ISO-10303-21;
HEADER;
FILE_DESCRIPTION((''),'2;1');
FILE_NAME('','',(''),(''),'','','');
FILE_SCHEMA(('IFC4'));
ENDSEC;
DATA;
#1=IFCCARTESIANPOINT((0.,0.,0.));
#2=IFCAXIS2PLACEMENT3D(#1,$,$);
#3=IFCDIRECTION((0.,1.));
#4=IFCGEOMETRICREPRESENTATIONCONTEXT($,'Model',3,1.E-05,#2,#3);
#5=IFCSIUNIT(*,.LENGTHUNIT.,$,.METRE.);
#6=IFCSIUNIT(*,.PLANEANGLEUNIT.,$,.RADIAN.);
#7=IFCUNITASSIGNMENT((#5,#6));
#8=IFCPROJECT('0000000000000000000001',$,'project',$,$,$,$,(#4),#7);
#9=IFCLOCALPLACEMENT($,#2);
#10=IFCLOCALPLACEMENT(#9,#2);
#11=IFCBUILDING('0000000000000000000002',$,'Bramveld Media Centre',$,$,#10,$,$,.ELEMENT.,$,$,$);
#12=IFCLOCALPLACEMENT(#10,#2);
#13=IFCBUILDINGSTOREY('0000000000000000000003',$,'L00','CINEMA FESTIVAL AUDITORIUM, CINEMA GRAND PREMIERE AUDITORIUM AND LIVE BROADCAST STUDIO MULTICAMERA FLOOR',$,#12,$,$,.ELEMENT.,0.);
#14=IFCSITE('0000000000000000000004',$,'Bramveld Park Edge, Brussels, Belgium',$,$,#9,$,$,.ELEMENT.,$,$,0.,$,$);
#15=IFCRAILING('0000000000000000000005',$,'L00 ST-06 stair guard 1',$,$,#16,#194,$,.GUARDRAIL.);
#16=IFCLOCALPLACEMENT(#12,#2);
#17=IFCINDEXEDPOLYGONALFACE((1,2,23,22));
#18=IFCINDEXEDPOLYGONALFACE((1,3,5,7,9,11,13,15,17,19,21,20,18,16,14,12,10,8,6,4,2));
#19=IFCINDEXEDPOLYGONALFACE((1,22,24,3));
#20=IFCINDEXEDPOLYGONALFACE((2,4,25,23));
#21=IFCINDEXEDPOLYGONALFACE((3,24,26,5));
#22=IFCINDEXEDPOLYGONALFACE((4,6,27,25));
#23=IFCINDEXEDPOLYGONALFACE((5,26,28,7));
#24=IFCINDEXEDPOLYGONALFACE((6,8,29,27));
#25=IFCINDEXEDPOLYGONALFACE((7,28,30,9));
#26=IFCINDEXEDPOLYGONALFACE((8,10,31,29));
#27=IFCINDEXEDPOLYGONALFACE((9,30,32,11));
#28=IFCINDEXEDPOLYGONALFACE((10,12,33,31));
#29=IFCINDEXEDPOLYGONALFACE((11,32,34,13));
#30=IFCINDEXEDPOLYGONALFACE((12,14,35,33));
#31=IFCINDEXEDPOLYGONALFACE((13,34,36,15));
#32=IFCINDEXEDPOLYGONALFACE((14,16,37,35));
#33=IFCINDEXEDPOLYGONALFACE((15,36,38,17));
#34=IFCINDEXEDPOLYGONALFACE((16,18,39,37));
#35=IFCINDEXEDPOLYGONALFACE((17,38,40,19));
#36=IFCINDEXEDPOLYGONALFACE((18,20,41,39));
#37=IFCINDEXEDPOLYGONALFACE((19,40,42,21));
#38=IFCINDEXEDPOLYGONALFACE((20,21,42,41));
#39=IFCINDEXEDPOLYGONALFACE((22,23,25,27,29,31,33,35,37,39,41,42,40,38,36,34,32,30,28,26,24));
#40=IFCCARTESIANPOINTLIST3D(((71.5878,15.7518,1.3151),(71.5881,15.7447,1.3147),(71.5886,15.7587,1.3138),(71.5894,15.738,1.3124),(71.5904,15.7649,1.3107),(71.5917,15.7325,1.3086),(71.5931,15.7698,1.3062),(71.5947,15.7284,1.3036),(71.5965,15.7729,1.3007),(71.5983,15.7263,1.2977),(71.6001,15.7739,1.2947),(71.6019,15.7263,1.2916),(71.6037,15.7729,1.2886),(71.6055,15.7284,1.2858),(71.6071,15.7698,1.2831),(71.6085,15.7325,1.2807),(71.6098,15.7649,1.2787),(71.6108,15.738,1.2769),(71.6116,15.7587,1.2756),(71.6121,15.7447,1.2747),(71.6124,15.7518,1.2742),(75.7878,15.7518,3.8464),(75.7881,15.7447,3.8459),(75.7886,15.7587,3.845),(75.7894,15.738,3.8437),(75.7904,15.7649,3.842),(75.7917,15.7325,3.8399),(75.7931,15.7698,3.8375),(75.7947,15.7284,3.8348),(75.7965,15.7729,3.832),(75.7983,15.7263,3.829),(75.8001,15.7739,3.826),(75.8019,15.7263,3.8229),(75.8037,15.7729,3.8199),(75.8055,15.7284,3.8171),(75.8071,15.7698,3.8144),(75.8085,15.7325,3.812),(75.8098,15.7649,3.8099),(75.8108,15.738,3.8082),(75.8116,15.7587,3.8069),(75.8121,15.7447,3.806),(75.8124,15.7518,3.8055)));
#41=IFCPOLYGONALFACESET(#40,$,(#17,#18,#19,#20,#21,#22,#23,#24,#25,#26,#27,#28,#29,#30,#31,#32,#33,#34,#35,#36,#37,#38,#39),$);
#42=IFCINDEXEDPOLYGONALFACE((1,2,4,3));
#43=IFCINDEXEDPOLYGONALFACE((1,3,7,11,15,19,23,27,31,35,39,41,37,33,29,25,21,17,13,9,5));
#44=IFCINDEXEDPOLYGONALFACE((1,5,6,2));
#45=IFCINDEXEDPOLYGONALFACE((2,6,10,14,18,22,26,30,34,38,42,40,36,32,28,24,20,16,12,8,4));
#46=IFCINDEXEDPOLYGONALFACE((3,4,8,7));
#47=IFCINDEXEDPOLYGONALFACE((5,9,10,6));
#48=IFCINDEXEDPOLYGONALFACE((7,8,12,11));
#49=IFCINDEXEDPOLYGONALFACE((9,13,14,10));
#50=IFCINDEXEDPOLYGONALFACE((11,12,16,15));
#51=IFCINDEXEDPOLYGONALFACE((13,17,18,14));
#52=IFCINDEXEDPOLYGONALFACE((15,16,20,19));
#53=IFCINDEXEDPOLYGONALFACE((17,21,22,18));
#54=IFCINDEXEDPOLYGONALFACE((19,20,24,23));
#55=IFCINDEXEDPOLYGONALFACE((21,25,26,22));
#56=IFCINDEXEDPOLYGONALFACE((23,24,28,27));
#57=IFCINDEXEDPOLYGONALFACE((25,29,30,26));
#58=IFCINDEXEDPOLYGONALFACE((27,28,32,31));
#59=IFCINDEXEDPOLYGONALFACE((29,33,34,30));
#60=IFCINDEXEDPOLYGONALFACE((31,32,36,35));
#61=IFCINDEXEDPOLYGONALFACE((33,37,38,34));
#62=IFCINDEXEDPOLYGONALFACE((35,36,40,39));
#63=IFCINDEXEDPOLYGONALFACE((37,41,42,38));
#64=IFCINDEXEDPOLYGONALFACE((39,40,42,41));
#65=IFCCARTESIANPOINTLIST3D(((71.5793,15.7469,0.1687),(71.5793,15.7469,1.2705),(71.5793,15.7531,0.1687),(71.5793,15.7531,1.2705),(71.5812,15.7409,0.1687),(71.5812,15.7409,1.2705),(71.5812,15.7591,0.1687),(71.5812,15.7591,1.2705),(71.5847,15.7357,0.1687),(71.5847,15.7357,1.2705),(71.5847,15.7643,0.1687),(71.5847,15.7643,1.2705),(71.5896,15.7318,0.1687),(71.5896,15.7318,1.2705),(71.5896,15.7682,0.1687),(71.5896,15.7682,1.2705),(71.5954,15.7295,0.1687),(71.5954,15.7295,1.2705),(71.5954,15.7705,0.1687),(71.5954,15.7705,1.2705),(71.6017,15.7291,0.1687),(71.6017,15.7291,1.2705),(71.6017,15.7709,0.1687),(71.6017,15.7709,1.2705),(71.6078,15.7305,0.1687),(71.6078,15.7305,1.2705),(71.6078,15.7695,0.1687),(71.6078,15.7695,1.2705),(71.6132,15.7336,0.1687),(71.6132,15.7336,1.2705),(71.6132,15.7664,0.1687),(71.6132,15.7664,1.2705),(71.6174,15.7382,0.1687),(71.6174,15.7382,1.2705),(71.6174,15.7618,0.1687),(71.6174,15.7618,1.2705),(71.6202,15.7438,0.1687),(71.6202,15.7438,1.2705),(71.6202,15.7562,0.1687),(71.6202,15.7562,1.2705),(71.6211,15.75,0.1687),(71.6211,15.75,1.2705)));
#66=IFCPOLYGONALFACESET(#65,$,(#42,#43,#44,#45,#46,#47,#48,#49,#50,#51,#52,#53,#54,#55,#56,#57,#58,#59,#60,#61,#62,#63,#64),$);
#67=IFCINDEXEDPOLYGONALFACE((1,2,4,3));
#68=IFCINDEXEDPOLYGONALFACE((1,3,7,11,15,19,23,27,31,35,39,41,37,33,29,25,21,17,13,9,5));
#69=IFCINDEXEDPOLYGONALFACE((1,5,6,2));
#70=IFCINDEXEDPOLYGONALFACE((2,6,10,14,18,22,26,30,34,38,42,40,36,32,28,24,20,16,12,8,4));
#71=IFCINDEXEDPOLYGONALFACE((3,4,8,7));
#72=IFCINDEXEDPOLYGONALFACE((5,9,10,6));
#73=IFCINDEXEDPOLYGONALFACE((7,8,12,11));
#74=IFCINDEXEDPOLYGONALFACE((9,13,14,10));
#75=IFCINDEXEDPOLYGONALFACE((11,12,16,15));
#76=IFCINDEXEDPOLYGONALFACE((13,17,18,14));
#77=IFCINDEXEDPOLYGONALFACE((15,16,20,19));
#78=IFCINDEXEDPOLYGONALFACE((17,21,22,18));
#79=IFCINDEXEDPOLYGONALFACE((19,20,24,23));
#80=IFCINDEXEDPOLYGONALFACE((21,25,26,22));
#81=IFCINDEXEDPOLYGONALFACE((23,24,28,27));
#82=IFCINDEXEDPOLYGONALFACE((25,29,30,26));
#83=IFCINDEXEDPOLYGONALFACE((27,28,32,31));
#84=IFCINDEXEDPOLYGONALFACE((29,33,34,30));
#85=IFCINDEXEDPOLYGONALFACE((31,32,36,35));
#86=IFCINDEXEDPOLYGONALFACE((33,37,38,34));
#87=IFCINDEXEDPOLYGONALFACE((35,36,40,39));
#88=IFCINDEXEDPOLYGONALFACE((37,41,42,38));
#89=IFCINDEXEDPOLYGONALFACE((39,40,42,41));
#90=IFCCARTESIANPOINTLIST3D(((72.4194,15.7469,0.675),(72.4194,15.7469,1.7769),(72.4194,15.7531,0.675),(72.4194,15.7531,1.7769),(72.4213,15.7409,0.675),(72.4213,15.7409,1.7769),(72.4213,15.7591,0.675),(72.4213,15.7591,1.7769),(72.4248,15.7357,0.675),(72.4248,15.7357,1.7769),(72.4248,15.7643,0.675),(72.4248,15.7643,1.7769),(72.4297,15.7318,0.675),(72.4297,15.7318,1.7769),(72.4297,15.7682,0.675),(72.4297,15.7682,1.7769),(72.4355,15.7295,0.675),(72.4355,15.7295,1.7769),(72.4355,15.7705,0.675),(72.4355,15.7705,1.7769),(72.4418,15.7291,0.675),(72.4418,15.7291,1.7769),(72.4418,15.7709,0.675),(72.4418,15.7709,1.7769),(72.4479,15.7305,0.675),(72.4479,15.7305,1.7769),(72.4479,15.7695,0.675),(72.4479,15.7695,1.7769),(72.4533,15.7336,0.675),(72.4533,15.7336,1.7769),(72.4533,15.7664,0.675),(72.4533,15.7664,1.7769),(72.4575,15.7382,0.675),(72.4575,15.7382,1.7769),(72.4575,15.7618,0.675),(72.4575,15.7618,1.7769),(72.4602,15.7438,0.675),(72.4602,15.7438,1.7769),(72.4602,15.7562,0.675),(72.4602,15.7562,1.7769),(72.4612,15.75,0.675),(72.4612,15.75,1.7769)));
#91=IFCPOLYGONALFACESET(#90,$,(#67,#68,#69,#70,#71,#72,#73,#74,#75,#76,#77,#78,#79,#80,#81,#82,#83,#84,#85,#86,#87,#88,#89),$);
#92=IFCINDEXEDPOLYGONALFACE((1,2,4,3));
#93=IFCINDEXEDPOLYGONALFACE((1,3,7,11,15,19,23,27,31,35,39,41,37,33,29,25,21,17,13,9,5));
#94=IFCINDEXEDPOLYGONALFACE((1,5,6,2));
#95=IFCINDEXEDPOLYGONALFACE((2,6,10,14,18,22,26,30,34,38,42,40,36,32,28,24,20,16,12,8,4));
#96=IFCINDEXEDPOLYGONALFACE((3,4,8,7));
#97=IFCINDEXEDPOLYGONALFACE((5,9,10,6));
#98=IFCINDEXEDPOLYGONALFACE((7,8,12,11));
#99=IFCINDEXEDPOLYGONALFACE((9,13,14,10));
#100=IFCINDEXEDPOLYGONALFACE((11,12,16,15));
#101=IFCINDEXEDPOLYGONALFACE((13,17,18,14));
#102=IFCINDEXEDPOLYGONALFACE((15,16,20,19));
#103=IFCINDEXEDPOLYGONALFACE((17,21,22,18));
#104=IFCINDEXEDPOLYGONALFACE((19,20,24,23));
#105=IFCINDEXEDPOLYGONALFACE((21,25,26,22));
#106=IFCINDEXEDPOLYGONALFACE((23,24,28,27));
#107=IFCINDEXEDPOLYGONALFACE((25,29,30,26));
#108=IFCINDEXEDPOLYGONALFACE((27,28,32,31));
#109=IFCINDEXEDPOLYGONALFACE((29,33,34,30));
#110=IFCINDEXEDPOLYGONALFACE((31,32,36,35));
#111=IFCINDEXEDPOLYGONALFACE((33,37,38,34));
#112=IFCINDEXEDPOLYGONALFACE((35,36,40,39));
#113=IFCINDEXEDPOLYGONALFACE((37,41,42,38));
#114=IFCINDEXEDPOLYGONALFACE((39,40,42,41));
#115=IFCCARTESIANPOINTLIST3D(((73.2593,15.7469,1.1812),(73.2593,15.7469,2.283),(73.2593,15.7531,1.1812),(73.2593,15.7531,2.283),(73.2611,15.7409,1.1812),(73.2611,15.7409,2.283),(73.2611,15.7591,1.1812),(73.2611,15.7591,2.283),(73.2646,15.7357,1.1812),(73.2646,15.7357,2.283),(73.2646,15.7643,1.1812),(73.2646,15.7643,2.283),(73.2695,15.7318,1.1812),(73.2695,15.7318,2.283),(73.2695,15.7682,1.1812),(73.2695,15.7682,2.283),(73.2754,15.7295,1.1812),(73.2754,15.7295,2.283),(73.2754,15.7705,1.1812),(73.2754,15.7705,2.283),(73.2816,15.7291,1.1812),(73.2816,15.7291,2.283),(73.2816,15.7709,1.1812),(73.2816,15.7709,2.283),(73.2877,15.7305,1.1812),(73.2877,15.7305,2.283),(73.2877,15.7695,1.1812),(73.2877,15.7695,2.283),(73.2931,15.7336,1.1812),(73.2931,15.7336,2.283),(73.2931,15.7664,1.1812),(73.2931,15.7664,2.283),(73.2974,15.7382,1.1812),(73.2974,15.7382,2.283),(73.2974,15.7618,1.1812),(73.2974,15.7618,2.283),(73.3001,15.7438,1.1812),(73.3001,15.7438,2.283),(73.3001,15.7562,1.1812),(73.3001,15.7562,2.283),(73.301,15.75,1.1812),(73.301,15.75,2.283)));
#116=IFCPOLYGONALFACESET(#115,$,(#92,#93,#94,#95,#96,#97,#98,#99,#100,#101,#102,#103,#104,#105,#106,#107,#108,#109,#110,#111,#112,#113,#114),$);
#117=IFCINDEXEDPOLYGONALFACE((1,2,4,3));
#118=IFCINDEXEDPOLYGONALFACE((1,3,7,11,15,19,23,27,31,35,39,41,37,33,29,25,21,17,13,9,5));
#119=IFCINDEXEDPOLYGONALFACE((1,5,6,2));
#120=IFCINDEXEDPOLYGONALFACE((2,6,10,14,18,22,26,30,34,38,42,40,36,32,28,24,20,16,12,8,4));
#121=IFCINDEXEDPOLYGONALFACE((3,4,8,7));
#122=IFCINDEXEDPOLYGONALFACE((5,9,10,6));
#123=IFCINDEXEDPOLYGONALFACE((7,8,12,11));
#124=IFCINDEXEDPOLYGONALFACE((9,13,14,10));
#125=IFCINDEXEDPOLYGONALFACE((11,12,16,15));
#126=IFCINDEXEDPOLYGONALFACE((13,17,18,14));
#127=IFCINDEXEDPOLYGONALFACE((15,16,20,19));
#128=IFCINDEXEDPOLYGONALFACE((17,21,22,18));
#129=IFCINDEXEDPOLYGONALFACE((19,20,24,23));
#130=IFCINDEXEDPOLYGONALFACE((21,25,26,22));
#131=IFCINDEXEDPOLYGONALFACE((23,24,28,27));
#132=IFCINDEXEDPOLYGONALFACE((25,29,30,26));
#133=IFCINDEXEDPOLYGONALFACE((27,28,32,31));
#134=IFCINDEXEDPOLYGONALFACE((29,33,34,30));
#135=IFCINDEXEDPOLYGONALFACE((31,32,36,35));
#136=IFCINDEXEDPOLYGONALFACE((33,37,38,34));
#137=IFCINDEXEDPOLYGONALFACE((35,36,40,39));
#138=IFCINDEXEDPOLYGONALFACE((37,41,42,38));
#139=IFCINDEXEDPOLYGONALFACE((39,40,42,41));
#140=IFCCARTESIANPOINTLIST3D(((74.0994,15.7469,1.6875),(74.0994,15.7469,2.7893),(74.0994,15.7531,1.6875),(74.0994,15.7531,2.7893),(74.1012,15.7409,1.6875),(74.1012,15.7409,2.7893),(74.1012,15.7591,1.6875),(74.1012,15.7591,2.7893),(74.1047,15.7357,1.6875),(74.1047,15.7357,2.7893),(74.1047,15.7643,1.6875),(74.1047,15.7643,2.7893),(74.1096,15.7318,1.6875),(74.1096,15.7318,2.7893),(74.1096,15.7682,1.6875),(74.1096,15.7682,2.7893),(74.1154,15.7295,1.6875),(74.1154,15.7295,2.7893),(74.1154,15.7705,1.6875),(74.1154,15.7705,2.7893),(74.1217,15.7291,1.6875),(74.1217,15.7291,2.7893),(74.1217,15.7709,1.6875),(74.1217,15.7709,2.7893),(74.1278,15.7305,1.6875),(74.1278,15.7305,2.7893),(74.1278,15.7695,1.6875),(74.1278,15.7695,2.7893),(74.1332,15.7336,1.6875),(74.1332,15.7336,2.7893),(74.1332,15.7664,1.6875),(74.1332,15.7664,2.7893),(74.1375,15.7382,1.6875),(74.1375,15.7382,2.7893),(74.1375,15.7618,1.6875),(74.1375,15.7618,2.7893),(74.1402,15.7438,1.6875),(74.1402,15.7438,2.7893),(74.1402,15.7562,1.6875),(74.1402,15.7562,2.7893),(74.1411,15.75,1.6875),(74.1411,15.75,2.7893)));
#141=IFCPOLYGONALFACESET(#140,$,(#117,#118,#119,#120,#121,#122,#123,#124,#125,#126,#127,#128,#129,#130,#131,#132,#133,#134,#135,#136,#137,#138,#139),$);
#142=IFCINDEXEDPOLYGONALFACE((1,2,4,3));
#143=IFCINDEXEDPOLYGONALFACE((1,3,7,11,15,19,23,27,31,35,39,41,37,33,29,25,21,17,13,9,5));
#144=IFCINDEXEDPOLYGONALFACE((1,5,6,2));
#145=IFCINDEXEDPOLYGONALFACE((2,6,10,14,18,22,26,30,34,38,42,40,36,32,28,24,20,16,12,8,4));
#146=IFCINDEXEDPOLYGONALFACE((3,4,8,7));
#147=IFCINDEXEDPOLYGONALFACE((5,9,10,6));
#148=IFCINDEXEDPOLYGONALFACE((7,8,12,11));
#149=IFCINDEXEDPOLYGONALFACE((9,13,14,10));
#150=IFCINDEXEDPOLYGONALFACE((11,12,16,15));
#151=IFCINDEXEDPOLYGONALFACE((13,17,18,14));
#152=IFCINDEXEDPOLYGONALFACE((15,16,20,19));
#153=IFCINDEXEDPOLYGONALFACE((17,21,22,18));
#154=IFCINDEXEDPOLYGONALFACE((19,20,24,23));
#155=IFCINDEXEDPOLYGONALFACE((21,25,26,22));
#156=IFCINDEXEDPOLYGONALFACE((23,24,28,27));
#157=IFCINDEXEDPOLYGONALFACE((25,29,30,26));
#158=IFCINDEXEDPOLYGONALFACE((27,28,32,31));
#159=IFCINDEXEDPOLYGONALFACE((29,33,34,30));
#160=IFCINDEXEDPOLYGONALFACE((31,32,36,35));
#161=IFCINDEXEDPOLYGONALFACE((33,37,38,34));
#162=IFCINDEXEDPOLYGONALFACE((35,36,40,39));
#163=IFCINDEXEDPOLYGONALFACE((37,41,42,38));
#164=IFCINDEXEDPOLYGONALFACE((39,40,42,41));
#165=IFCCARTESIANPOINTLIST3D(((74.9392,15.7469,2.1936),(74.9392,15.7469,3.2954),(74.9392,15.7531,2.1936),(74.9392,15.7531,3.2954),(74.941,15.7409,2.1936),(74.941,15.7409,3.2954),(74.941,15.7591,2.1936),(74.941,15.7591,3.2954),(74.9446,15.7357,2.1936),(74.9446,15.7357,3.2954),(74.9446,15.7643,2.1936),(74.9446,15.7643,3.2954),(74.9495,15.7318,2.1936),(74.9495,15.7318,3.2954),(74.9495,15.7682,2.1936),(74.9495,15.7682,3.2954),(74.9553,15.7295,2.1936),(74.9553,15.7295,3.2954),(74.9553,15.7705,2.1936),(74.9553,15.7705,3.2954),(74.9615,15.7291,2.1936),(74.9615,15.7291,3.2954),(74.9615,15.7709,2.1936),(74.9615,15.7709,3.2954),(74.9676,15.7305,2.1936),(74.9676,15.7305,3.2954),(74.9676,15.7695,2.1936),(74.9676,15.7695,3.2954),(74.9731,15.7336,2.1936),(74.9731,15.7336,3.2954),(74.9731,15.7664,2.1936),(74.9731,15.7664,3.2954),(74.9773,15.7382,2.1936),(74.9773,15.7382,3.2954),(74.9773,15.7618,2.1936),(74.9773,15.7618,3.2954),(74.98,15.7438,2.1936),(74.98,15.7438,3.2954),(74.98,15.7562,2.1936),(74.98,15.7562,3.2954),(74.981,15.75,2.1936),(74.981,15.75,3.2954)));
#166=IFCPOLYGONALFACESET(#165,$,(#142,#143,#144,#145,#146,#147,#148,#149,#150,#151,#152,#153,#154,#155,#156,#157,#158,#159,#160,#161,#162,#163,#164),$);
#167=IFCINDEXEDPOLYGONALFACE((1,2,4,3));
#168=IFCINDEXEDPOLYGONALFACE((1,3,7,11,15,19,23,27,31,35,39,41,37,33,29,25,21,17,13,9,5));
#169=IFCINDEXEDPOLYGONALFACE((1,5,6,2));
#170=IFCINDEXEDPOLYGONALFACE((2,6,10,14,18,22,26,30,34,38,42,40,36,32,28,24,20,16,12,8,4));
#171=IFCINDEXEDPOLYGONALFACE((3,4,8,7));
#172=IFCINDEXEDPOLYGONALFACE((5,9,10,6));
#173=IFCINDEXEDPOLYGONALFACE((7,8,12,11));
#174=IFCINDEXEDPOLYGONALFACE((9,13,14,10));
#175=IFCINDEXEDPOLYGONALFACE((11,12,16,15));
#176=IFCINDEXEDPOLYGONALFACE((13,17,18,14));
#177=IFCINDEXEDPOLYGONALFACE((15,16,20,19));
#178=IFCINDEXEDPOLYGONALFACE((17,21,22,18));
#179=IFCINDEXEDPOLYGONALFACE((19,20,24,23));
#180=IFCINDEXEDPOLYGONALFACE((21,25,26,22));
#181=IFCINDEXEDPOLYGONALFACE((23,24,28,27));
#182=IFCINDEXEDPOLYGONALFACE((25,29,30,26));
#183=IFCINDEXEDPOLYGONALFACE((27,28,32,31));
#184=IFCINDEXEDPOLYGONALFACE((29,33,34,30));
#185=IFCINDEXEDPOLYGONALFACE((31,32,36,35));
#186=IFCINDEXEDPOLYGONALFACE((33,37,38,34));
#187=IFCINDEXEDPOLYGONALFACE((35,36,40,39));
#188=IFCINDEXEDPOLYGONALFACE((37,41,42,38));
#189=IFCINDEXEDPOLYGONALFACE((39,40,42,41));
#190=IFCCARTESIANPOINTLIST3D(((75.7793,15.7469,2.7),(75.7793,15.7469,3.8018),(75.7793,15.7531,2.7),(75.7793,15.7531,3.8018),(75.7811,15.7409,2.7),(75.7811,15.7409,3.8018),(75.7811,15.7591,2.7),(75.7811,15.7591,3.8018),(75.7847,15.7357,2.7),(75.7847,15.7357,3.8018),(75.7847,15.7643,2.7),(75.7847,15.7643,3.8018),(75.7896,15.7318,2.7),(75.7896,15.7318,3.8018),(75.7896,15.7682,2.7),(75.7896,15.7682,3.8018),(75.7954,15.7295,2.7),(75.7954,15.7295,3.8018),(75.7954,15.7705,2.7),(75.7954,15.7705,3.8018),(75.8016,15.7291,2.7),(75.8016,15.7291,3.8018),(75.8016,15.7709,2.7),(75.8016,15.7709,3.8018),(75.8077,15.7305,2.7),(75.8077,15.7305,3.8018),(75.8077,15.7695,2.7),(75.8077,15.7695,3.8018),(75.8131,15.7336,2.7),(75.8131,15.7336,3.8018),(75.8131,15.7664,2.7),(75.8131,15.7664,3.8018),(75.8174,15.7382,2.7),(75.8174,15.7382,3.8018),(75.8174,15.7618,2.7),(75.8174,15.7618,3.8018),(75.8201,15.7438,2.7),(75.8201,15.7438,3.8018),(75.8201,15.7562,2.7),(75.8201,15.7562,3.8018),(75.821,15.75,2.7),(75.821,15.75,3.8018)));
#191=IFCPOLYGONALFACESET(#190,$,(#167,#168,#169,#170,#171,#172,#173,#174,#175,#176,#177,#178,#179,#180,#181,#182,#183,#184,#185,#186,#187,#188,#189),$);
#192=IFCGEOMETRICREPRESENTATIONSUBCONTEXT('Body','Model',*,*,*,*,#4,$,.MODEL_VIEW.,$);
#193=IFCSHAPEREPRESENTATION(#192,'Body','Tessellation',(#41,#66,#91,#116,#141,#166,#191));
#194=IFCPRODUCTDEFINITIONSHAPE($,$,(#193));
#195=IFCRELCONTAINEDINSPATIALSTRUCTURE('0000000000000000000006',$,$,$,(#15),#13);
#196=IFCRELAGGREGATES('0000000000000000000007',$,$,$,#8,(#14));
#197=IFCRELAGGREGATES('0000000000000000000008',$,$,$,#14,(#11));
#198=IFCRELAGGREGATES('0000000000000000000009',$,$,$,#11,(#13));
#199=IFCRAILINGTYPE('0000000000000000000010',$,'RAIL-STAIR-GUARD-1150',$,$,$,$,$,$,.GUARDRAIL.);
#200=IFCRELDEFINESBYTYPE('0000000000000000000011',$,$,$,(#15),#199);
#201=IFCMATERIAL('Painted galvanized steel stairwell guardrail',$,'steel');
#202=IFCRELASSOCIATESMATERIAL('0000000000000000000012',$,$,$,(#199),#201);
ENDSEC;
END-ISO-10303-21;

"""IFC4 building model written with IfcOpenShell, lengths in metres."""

from ifc_helpers import new_model, si_unit, direction, frame, origin, origin_2d, place, context, subcontext, project, spatial, circle, extrude, material, type_object, element, save


model = new_model("IFC4")

# Units and contexts
model_context = context("Model", 3, precision=1e-05, world=origin(), true_north=direction((0.0, 1.0)))
body_context = subcontext(model_context, "Body", "Model", "MODEL_VIEW")
ifc_project = project(units=[si_unit("LENGTHUNIT", "METRE"), si_unit("PLANEANGLEUNIT", "RADIAN")], contexts=[model_context])

# Site, building, storey
site_placement = place(None, origin())
site = spatial("IfcSite", under=ifc_project, at=site_placement, Name="Bramveld Park Edge, Brussels, Belgium", CompositionType="ELEMENT", RefElevation=0.0)
building_placement = place(site_placement, origin())
building = spatial("IfcBuilding", under=site, at=building_placement, Name="Bramveld Media Centre", CompositionType="ELEMENT")
storey_placement = place(building_placement, origin())
storey = spatial("IfcBuildingStorey", under=building, at=storey_placement, Name="L00", Description="CINEMA FESTIVAL AUDITORIUM, CINEMA GRAND PREMIERE AUDITORIUM AND LIVE BROADCAST STUDIO MULTICAMERA FLOOR", CompositionType="ELEMENT", Elevation=0.0)

# Railing
ifc_material_1 = material(Name="Painted galvanized steel stairwell guardrail", Category="steel")
railing_type_1 = type_object("IfcRailingType", Name="RAIL-STAIR-GUARD-1150", PredefinedType="GUARDRAIL", material=ifc_material_1)
railing_1_placement = place(storey_placement, frame((71.6001, 15.75, 0.1687)))
element("IfcRailing", 1, at=railing_1_placement, inside=storey, type_object=railing_type_1, Name="L00 ST-06 stair guard 1", PredefinedType="GUARDRAIL", context=body_context, shape_type="SweptSolid", body=[
    extrude(circle(Radius=0.0239, at=origin_2d()), frame((0.0, 0.0, 1.126), z_axis=(0.856476, 0.0, 0.516186), x_axis=(0.0, 1.0, 0.0)), (0.0, 0.0, 1.0), 4.9038),
    extrude(circle(Radius=0.021, at=origin_2d()), origin(), (0.0, 0.0, 1.0), 1.1018),
    extrude(circle(Radius=0.021, at=origin_2d()), frame((0.8401, 0.0, 0.5063)), (0.0, 0.0, 1.0), 1.1018),
    extrude(circle(Radius=0.021, at=origin_2d()), frame((1.6799, 0.0, 1.0125)), (0.0, 0.0, 1.0), 1.1018),
    extrude(circle(Radius=0.021, at=origin_2d()), frame((2.52, 0.0, 1.5188)), (0.0, 0.0, 1.0), 1.1018),
    extrude(circle(Radius=0.021, at=origin_2d()), frame((3.3599, 0.0, 2.0249)), (0.0, 0.0, 1.0), 1.1018),
    extrude(circle(Radius=0.021, at=origin_2d()), frame((4.2, 0.0, 2.5312)), (0.0, 0.0, 1.0), 1.1018),
])

save(model, "model.ifc")
